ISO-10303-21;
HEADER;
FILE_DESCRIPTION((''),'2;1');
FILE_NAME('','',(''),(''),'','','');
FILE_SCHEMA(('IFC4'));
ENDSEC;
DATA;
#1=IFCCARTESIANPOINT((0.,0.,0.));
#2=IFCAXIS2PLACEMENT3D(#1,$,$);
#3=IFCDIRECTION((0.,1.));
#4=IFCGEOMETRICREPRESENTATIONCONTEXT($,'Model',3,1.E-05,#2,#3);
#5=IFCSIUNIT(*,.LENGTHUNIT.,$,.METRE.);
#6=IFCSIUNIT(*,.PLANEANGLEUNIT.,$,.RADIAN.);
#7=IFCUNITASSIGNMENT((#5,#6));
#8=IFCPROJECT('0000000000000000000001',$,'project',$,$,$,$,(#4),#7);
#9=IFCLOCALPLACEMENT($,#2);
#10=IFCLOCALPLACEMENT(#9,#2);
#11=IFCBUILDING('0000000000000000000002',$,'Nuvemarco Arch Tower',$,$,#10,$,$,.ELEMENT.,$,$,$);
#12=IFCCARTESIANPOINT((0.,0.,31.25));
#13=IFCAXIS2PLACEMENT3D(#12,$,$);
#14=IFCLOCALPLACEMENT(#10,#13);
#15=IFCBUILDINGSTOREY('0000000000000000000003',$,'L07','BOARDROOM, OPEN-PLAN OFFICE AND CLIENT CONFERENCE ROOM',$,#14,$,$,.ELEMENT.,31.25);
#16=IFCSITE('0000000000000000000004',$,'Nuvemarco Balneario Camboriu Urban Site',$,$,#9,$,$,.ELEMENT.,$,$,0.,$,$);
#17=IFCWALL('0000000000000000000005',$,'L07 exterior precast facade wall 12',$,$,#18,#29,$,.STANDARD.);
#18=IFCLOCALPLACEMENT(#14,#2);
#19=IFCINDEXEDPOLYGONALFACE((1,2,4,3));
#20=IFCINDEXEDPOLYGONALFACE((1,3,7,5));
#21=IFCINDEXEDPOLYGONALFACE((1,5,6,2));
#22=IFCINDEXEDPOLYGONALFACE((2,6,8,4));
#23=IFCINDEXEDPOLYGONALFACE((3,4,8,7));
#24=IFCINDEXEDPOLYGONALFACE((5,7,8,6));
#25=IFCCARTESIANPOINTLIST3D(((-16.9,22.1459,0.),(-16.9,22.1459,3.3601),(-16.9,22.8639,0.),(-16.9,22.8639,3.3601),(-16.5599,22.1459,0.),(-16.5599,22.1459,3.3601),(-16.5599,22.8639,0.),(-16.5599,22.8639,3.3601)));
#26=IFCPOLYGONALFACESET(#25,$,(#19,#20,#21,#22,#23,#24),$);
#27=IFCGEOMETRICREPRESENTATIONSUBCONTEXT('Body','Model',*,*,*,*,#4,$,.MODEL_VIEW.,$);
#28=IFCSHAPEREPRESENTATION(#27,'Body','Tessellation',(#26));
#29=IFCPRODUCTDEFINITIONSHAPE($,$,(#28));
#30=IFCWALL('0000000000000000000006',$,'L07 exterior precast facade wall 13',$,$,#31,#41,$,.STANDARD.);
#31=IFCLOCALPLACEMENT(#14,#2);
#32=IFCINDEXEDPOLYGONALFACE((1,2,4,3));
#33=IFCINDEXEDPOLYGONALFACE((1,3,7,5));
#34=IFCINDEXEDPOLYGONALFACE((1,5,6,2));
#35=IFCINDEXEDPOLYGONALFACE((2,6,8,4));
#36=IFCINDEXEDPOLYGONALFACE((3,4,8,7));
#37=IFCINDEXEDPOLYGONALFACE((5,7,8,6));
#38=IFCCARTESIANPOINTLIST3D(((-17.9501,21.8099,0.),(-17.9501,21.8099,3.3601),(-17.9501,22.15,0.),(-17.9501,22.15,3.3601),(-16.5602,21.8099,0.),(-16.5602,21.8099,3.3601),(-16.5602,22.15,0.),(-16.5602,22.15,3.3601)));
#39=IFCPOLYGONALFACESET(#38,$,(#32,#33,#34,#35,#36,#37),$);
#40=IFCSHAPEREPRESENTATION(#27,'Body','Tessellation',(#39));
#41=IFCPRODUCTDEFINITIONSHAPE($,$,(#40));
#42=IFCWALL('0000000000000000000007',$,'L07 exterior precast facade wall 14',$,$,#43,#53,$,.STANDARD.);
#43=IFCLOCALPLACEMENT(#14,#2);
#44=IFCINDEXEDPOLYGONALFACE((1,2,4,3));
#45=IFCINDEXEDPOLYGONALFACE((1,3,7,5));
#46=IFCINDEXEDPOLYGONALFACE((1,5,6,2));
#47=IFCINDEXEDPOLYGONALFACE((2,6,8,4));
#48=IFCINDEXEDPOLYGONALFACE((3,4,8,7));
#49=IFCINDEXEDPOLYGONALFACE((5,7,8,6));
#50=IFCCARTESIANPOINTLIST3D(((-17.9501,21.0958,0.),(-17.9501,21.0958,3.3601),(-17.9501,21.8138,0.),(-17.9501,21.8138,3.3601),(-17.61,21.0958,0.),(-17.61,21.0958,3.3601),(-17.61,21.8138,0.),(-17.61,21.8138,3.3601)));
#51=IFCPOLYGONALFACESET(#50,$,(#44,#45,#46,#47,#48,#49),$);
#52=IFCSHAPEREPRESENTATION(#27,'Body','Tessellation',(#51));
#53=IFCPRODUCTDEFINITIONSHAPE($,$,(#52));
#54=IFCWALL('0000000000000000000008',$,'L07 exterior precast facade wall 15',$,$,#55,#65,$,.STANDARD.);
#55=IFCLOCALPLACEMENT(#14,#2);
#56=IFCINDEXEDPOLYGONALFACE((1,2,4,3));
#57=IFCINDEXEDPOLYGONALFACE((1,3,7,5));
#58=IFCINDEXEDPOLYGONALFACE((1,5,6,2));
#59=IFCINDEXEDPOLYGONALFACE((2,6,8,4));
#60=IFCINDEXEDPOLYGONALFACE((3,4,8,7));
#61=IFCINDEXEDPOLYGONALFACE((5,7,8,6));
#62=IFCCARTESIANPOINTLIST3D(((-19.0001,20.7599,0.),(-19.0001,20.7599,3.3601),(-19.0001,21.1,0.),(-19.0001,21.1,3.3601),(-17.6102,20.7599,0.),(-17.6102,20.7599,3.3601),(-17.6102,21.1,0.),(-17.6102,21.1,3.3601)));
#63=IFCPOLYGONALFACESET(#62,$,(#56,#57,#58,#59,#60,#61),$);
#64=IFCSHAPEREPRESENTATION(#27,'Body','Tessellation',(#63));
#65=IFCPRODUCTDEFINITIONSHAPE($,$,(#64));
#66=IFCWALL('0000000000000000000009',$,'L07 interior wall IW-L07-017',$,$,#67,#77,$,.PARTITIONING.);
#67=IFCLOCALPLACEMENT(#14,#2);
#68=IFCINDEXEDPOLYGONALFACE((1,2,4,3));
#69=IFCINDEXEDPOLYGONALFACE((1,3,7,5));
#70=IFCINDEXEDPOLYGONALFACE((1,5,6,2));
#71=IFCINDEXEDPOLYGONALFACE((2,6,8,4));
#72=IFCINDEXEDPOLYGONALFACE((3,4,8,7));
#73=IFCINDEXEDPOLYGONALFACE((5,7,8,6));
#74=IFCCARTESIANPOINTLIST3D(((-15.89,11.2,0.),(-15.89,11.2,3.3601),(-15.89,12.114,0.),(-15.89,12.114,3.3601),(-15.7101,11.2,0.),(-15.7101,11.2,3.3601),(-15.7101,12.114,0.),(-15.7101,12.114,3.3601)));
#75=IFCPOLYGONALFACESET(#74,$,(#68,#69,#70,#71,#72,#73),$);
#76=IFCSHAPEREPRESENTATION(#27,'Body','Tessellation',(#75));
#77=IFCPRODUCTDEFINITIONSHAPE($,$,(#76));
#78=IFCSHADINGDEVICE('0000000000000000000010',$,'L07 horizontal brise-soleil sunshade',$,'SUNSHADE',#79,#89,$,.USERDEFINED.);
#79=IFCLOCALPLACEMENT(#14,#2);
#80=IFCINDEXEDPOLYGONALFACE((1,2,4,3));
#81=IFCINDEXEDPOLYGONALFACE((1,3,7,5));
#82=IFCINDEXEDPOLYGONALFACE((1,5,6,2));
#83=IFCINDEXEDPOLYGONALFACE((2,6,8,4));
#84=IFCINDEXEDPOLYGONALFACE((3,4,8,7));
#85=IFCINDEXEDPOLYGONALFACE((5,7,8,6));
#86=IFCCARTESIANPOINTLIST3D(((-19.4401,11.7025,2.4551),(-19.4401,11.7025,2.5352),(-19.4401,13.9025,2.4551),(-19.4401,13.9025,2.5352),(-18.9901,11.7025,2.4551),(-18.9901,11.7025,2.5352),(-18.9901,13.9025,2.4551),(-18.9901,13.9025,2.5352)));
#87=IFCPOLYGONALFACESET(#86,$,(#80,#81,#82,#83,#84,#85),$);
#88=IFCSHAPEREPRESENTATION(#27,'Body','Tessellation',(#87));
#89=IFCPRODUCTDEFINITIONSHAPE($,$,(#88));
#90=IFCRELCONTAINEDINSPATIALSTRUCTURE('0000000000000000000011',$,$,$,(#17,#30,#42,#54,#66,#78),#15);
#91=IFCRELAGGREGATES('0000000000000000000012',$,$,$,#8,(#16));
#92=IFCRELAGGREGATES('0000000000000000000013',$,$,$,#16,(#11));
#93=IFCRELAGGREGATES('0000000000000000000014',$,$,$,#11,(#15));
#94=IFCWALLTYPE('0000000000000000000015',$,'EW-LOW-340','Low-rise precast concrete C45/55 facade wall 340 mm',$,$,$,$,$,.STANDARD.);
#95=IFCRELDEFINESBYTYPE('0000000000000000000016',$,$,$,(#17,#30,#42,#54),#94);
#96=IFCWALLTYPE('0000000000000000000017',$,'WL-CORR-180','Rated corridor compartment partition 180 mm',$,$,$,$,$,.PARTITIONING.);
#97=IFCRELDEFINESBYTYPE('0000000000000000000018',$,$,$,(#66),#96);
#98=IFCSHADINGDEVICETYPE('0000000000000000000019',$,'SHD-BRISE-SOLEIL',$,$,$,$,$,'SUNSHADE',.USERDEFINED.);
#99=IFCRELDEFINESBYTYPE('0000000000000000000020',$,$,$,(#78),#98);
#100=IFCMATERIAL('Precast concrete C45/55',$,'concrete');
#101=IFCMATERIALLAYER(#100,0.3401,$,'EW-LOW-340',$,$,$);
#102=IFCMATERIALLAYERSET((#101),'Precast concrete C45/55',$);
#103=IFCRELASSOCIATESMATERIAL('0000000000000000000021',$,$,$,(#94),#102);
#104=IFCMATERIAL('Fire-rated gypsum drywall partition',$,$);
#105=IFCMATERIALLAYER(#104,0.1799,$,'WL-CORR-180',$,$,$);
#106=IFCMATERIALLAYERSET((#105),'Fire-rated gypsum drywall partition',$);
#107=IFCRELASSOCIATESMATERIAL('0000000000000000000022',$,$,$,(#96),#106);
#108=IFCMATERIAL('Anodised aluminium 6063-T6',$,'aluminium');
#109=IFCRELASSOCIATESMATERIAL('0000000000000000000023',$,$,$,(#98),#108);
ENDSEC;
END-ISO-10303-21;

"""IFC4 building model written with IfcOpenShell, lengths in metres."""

from ifc_helpers import new_model, si_unit, direction, frame, frame_2d, origin, origin_2d, place, context, subcontext, project, spatial, rectangle, extrude, source, transform, mapped, material, layer, layer_set, type_object, type_shapes, element, save


model = new_model("IFC4")

# Units and contexts
model_context = context("Model", 3, precision=1e-05, world=origin(), true_north=direction((0.0, 1.0)))
body_context = subcontext(model_context, "Body", "Model", "MODEL_VIEW")
ifc_project = project(units=[si_unit("LENGTHUNIT", "METRE"), si_unit("PLANEANGLEUNIT", "RADIAN")], contexts=[model_context])

# Site, building, storey
site_placement = place(None, origin())
site = spatial("IfcSite", under=ifc_project, at=site_placement, Name="Nuvemarco Balneario Camboriu Urban Site", CompositionType="ELEMENT", RefElevation=0.0)
building_placement = place(site_placement, origin())
building = spatial("IfcBuilding", under=site, at=building_placement, Name="Nuvemarco Arch Tower", CompositionType="ELEMENT")
storey_placement = place(building_placement, frame((0.0, 0.0, 31.25)))
storey = spatial("IfcBuildingStorey", under=building, at=storey_placement, Name="L07", Description="BOARDROOM, OPEN-PLAN OFFICE AND CLIENT CONFERENCE ROOM", CompositionType="ELEMENT", Elevation=31.25)

# Shared definitions
ifc_material_1 = material(Name="Precast concrete C45/55", Category="concrete")

# Shared definitions
ifc_layer_1 = layer(ifc_material_1, 0.3401, Name="EW-LOW-340")
ifc_layer_set_1 = layer_set([ifc_layer_1], Name="Precast concrete C45/55")
wall_type_1 = type_object("IfcWallType", Name="EW-LOW-340", Description="Low-rise precast concrete C45/55 facade wall 340 mm", PredefinedType="STANDARD", material=ifc_layer_set_1)

# Walls
wall_1_placement = place(storey_placement, frame((-16.73, 22.146, 0.0), z_axis=(0.0, 0.0, 1.0), x_axis=(0.0, 1.0, 0.0)))
element("IfcWall", 1, at=wall_1_placement, inside=storey, type_object=wall_type_1, Name="L07 exterior precast facade wall 12", PredefinedType="STANDARD", context=body_context, shape_type="SweptSolid", body=[
    extrude(rectangle(XDim=0.718, YDim=0.3401, at=frame_2d((0.3589, 0.0))), origin(), (0.0, 0.0, 1.0), 3.3601),
])
wall_2_placement = place(storey_placement, frame((-17.95, 21.98, 0.0), z_axis=(0.0, 0.0, 1.0), x_axis=(1.0, 0.0, 0.0)))
element("IfcWall", 2, at=wall_2_placement, inside=storey, type_object=wall_type_1, Name="L07 exterior precast facade wall 13", PredefinedType="STANDARD", context=body_context, shape_type="SweptSolid", body=[
    extrude(rectangle(XDim=1.3899, YDim=0.3401, at=frame_2d((0.6948, 0.0))), origin(), (0.0, 0.0, 1.0), 3.3601),
])
wall_3_placement = place(storey_placement, frame((-17.78, 21.0959, 0.0), z_axis=(0.0, 0.0, 1.0), x_axis=(0.0, 1.0, 0.0)))
element("IfcWall", 3, at=wall_3_placement, inside=storey, type_object=wall_type_1, Name="L07 exterior precast facade wall 14", PredefinedType="STANDARD", context=body_context, shape_type="SweptSolid", body=[
    extrude(rectangle(XDim=0.718, YDim=0.3401, at=frame_2d((0.3589, 0.0))), origin(), (0.0, 0.0, 1.0), 3.3601),
])
wall_4_placement = place(storey_placement, frame((-19.0, 20.9299, 0.0), z_axis=(0.0, 0.0, 1.0), x_axis=(1.0, 0.0, 0.0)))
element("IfcWall", 4, at=wall_4_placement, inside=storey, type_object=wall_type_1, Name="L07 exterior precast facade wall 15", PredefinedType="STANDARD", context=body_context, shape_type="SweptSolid", body=[
    extrude(rectangle(XDim=1.3899, YDim=0.3401, at=frame_2d((0.6948, 0.0))), origin(), (0.0, 0.0, 1.0), 3.3601),
])
ifc_material_2 = material(Name="Fire-rated gypsum drywall partition")
ifc_layer_2 = layer(ifc_material_2, 0.1799, Name="WL-CORR-180")
ifc_layer_set_2 = layer_set([ifc_layer_2], Name="Fire-rated gypsum drywall partition")
wall_type_2 = type_object("IfcWallType", Name="WL-CORR-180", Description="Rated corridor compartment partition 180 mm", PredefinedType="PARTITIONING", material=ifc_layer_set_2)
wall_5_placement = place(storey_placement, frame((-15.8, 11.2, 0.0), z_axis=(0.0, 0.0, 1.0), x_axis=(0.0, 1.0, 0.0)))
element("IfcWall", 5, at=wall_5_placement, inside=storey, type_object=wall_type_2, Name="L07 interior wall IW-L07-017", PredefinedType="PARTITIONING", context=body_context, shape_type="SweptSolid", body=[
    extrude(rectangle(XDim=0.9141, YDim=0.1799, at=frame_2d((0.457, 0.0))), origin(), (0.0, 0.0, 1.0), 3.3601),
])

# Shading device
ifc_material_3 = material(Name="Anodised aluminium 6063-T6", Category="aluminium")
shading_device_type = type_object("IfcShadingDeviceType", Name="SHD-BRISE-SOLEIL", ElementType="SUNSHADE", PredefinedType="USERDEFINED", material=ifc_material_3)
shared_shape_1 = source(origin(), body_context, "Body", "SweptSolid", [
    extrude(rectangle(XDim=2.2, YDim=0.45, at=origin_2d()), origin(), (0.0, 0.0, 1.0), 0.0801),
])
type_shapes(shading_device_type, [shared_shape_1])
shading_device_placement = place(storey_placement, frame((-19.2151, 12.8025, 2.4551), z_axis=(0.0, 0.0, 1.0), x_axis=(0.0, 1.0, 0.0)))
element("IfcShadingDevice", 6, at=shading_device_placement, inside=storey, type_object=shading_device_type, Name="L07 horizontal brise-soleil sunshade", ObjectType="SUNSHADE", PredefinedType="USERDEFINED", context=body_context, shape_type="MappedRepresentation", body=[
    mapped(shared_shape_1, transform((0.0, 0.0, 0.0), scale=1.0)),
])

save(model, "model.ifc")
